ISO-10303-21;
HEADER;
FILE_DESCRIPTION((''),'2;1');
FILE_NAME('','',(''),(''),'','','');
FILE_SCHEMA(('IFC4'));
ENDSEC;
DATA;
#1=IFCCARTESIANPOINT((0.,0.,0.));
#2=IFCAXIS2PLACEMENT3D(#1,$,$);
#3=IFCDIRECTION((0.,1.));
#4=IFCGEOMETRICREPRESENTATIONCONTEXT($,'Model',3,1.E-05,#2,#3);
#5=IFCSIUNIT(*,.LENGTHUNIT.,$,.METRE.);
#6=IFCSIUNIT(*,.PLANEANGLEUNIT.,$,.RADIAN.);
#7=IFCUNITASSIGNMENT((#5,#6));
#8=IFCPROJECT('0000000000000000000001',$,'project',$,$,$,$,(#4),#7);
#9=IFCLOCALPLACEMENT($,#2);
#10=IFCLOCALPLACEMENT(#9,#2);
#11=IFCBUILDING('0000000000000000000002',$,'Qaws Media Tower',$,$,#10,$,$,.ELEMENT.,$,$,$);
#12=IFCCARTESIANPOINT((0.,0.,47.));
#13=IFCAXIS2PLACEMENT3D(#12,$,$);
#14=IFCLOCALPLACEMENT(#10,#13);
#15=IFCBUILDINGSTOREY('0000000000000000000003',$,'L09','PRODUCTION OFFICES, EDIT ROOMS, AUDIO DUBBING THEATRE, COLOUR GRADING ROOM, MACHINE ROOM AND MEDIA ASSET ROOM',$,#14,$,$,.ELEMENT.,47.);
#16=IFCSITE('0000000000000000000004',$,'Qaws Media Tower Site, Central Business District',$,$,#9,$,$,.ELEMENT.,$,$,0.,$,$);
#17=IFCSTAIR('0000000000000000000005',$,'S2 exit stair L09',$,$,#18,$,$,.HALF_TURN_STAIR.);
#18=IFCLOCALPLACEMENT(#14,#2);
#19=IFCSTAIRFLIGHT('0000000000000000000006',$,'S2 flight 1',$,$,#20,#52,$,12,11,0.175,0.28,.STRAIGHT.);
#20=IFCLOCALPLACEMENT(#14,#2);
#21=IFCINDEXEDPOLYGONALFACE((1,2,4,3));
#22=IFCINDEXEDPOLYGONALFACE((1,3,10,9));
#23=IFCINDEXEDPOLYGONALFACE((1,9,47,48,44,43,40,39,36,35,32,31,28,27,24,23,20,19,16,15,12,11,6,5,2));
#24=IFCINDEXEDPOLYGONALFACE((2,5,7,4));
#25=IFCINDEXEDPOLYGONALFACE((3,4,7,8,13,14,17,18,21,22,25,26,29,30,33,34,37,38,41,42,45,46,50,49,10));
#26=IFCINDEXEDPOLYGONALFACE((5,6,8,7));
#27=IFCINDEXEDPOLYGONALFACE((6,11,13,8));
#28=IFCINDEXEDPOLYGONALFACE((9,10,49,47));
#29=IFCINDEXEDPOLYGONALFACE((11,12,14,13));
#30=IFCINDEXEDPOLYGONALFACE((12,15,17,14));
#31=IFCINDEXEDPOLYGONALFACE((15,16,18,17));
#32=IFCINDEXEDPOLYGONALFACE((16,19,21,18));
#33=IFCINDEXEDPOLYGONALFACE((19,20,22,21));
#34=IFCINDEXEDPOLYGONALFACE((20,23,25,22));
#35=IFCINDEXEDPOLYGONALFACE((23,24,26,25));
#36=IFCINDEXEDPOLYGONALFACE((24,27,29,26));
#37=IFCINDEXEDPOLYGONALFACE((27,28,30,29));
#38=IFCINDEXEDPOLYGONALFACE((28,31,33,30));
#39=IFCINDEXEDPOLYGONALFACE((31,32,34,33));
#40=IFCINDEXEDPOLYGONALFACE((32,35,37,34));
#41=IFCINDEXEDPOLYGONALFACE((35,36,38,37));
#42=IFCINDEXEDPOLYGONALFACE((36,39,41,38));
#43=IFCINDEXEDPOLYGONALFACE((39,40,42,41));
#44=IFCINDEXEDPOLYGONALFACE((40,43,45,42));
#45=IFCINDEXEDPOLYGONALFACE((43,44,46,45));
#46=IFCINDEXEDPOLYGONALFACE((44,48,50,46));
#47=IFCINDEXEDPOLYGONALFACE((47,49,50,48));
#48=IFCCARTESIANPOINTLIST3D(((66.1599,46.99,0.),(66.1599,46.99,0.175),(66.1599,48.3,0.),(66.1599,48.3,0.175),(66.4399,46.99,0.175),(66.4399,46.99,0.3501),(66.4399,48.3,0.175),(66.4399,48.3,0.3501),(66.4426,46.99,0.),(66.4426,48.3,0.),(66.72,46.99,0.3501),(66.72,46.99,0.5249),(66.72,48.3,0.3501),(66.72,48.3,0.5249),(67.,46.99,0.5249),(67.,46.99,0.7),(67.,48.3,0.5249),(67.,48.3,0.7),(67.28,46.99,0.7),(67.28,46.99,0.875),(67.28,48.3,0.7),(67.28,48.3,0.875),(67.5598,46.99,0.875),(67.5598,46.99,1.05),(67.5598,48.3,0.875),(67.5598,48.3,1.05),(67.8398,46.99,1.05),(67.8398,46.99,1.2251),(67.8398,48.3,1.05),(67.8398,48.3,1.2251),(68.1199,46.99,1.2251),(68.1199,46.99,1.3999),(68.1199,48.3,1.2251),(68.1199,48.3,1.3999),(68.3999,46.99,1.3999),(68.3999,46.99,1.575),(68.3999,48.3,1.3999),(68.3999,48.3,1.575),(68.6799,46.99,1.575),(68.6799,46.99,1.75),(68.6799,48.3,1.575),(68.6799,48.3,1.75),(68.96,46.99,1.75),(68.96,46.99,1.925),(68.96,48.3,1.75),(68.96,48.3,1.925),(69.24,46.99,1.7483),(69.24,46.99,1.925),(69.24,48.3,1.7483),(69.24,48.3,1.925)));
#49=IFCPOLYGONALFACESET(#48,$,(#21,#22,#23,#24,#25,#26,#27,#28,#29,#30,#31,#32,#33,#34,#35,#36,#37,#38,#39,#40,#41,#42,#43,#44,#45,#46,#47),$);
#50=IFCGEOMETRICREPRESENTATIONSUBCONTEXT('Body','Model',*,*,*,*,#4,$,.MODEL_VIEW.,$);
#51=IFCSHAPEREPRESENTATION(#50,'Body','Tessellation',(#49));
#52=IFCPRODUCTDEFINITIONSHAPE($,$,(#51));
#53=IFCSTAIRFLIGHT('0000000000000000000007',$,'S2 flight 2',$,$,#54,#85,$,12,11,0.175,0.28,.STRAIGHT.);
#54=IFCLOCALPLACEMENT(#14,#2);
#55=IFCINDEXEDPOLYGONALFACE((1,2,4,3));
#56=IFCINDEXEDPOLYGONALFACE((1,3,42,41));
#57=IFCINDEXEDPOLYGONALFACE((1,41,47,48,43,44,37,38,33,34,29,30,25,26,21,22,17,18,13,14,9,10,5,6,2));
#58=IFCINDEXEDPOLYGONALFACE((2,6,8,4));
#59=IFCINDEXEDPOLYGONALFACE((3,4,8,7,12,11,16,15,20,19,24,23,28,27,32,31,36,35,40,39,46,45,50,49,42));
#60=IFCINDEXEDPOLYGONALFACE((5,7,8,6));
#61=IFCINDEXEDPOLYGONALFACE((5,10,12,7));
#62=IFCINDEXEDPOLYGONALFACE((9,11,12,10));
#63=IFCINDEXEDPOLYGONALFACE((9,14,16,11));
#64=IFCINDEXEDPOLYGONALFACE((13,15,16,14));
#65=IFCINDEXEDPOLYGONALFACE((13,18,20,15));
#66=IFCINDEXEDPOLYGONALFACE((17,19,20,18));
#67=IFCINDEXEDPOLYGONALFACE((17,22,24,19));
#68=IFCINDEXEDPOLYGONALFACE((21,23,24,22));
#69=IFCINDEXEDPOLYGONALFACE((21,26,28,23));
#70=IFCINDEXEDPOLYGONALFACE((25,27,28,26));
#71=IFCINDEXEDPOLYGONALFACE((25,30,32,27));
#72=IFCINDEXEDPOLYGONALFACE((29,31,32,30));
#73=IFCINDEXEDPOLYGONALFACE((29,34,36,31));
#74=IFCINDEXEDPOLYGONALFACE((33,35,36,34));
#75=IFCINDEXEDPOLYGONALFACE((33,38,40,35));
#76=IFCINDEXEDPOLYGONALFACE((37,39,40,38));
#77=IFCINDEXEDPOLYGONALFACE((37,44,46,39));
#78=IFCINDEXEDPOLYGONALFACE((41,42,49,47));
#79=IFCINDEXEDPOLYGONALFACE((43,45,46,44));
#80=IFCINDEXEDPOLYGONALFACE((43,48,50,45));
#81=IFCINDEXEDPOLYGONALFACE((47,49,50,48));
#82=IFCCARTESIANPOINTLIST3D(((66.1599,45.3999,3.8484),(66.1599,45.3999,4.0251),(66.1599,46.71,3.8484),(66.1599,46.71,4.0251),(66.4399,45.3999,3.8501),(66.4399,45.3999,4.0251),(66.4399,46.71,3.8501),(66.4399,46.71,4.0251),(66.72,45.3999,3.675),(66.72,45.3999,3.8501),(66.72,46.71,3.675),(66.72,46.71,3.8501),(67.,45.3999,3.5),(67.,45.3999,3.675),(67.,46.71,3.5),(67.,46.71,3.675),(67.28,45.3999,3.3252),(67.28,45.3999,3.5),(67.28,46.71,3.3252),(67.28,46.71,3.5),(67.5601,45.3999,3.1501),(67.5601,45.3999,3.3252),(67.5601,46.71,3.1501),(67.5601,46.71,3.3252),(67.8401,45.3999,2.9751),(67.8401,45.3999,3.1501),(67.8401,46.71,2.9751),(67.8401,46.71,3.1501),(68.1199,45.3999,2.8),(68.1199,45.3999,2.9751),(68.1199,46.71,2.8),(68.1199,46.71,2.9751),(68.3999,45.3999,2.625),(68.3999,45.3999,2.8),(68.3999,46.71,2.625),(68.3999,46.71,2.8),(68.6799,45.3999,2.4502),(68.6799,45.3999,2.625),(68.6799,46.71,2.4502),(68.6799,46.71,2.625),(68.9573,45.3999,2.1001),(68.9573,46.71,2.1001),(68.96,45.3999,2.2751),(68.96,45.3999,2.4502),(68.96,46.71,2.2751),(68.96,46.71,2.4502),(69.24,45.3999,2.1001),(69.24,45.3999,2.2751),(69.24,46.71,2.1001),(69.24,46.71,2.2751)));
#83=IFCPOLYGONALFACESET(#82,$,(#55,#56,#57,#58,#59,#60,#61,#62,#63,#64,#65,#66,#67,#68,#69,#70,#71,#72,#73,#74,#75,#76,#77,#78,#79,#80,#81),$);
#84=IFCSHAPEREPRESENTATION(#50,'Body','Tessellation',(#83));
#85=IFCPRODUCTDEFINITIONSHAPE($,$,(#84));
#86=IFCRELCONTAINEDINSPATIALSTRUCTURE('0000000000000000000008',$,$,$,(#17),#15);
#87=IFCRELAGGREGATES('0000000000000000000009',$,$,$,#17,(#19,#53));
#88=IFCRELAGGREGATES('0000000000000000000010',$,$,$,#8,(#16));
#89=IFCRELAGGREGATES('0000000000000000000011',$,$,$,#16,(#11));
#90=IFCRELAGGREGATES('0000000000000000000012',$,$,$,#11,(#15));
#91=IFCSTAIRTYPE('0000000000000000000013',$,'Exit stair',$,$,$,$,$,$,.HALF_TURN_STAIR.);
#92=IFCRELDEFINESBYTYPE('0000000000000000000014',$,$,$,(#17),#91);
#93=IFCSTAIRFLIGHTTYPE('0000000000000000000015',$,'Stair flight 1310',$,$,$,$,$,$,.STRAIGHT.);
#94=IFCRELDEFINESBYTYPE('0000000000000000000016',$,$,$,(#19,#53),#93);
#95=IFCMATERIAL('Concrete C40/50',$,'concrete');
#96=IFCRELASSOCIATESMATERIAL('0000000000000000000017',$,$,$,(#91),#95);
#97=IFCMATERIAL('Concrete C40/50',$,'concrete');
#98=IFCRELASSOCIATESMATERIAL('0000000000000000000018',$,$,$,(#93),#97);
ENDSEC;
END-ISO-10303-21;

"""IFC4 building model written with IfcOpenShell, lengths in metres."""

from ifc_helpers import new_model, si_unit, direction, frame, origin, place, context, subcontext, project, spatial, polyline, outline, extrude, material, type_object, element, aggregate, save


model = new_model("IFC4")

# Units and contexts
model_context = context("Model", 3, precision=1e-05, world=origin(), true_north=direction((0.0, 1.0)))
body_context = subcontext(model_context, "Body", "Model", "MODEL_VIEW")
ifc_project = project(units=[si_unit("LENGTHUNIT", "METRE"), si_unit("PLANEANGLEUNIT", "RADIAN")], contexts=[model_context])

# Site, building, storey
site_placement = place(None, origin())
site = spatial("IfcSite", under=ifc_project, at=site_placement, Name="Qaws Media Tower Site, Central Business District", CompositionType="ELEMENT", RefElevation=0.0)
building_placement = place(site_placement, origin())
building = spatial("IfcBuilding", under=site, at=building_placement, Name="Qaws Media Tower", CompositionType="ELEMENT")
storey_placement = place(building_placement, frame((0.0, 0.0, 47.0)))
storey = spatial("IfcBuildingStorey", under=building, at=storey_placement, Name="L09", Description="PRODUCTION OFFICES, EDIT ROOMS, AUDIO DUBBING THEATRE, COLOUR GRADING ROOM, MACHINE ROOM AND MEDIA ASSET ROOM", CompositionType="ELEMENT", Elevation=47.0)

# Stair, stair flights
ifc_material_1 = material(Name="Concrete C40/50", Category="concrete")
stair_type = type_object("IfcStairType", Name="Exit stair", PredefinedType="HALF_TURN_STAIR", material=ifc_material_1)
stair_placement = place(storey_placement, origin())
stair = element("IfcStair", 1, at=stair_placement, inside=storey, type_object=stair_type, Name="S2 exit stair L09", PredefinedType="HALF_TURN_STAIR")
ifc_material_2 = material(Name="Concrete C40/50", Category="concrete")
stair_flight_type = type_object("IfcStairFlightType", Name="Stair flight 1310", PredefinedType="STRAIGHT", material=ifc_material_2)
stair_flight_1_placement = place(storey_placement, frame((66.1599, 47.645, 0.0), z_axis=(0.0, 0.0, 1.0), x_axis=(1.0, 0.0, 0.0)))
stair_flight_1 = element("IfcStairFlight", 2, at=stair_flight_1_placement, type_object=stair_flight_type, Name="S2 flight 1", NumberOfRisers=12, NumberOfTreads=11, PredefinedType="STRAIGHT", RiserHeight=0.175, TreadLength=0.28, context=body_context, shape_type="SweptSolid", body=[
    extrude(outline(polyline([(0.0, 0.0), (0.0, 0.175), (0.28, 0.175), (0.28, 0.3501), (0.5601, 0.3501), (0.5601, 0.5249), (0.8401, 0.5249), (0.8401, 0.7), (1.1201, 0.7), (1.1201, 0.875), (1.3999, 0.875), (1.3999, 1.05), (1.6799, 1.05), (1.6799, 1.2251), (1.96, 1.2251), (1.96, 1.3999), (2.24, 1.3999), (2.24, 1.575), (2.52, 1.575), (2.52, 1.75), (2.8, 1.75), (2.8, 1.925), (3.0801, 1.925), (3.0801, 2.1001), (3.0801, 1.7483), (0.2827, 0.0), (0.0, 0.0)])), frame((0.0, 0.655, 0.0), z_axis=(0.0, -1.0, 0.0), x_axis=(1.0, 0.0, 0.0)), (0.0, 0.0, 1.0), 1.3101),
])
stair_flight_2_placement = place(storey_placement, frame((69.24, 46.0549, 2.1001), z_axis=(0.0, 0.0, 1.0), x_axis=(-1.0, 0.0, 0.0)))
stair_flight_2 = element("IfcStairFlight", 3, at=stair_flight_2_placement, type_object=stair_flight_type, Name="S2 flight 2", NumberOfRisers=12, NumberOfTreads=11, PredefinedType="STRAIGHT", RiserHeight=0.175, TreadLength=0.28, context=body_context, shape_type="SweptSolid", body=[
    extrude(outline(polyline([(0.0, 0.0), (0.0, 0.175), (0.28, 0.175), (0.28, 0.3501), (0.5601, 0.3501), (0.5601, 0.5249), (0.8401, 0.5249), (0.8401, 0.7), (1.1201, 0.7), (1.1201, 0.875), (1.3999, 0.875), (1.3999, 1.05), (1.6799, 1.05), (1.6799, 1.2251), (1.96, 1.2251), (1.96, 1.3999), (2.24, 1.3999), (2.24, 1.575), (2.52, 1.575), (2.52, 1.75), (2.8, 1.75), (2.8, 1.925), (3.0801, 1.925), (3.0801, 2.1001), (3.0801, 1.7483), (0.2827, 0.0), (0.0, 0.0)])), frame((0.0, 0.655, 0.0), z_axis=(0.0, -1.0, 0.0), x_axis=(1.0, 0.0, 0.0)), (0.0, 0.0, 1.0), 1.3101),
])
aggregate(stair, [stair_flight_1, stair_flight_2])

save(model, "model.ifc")
